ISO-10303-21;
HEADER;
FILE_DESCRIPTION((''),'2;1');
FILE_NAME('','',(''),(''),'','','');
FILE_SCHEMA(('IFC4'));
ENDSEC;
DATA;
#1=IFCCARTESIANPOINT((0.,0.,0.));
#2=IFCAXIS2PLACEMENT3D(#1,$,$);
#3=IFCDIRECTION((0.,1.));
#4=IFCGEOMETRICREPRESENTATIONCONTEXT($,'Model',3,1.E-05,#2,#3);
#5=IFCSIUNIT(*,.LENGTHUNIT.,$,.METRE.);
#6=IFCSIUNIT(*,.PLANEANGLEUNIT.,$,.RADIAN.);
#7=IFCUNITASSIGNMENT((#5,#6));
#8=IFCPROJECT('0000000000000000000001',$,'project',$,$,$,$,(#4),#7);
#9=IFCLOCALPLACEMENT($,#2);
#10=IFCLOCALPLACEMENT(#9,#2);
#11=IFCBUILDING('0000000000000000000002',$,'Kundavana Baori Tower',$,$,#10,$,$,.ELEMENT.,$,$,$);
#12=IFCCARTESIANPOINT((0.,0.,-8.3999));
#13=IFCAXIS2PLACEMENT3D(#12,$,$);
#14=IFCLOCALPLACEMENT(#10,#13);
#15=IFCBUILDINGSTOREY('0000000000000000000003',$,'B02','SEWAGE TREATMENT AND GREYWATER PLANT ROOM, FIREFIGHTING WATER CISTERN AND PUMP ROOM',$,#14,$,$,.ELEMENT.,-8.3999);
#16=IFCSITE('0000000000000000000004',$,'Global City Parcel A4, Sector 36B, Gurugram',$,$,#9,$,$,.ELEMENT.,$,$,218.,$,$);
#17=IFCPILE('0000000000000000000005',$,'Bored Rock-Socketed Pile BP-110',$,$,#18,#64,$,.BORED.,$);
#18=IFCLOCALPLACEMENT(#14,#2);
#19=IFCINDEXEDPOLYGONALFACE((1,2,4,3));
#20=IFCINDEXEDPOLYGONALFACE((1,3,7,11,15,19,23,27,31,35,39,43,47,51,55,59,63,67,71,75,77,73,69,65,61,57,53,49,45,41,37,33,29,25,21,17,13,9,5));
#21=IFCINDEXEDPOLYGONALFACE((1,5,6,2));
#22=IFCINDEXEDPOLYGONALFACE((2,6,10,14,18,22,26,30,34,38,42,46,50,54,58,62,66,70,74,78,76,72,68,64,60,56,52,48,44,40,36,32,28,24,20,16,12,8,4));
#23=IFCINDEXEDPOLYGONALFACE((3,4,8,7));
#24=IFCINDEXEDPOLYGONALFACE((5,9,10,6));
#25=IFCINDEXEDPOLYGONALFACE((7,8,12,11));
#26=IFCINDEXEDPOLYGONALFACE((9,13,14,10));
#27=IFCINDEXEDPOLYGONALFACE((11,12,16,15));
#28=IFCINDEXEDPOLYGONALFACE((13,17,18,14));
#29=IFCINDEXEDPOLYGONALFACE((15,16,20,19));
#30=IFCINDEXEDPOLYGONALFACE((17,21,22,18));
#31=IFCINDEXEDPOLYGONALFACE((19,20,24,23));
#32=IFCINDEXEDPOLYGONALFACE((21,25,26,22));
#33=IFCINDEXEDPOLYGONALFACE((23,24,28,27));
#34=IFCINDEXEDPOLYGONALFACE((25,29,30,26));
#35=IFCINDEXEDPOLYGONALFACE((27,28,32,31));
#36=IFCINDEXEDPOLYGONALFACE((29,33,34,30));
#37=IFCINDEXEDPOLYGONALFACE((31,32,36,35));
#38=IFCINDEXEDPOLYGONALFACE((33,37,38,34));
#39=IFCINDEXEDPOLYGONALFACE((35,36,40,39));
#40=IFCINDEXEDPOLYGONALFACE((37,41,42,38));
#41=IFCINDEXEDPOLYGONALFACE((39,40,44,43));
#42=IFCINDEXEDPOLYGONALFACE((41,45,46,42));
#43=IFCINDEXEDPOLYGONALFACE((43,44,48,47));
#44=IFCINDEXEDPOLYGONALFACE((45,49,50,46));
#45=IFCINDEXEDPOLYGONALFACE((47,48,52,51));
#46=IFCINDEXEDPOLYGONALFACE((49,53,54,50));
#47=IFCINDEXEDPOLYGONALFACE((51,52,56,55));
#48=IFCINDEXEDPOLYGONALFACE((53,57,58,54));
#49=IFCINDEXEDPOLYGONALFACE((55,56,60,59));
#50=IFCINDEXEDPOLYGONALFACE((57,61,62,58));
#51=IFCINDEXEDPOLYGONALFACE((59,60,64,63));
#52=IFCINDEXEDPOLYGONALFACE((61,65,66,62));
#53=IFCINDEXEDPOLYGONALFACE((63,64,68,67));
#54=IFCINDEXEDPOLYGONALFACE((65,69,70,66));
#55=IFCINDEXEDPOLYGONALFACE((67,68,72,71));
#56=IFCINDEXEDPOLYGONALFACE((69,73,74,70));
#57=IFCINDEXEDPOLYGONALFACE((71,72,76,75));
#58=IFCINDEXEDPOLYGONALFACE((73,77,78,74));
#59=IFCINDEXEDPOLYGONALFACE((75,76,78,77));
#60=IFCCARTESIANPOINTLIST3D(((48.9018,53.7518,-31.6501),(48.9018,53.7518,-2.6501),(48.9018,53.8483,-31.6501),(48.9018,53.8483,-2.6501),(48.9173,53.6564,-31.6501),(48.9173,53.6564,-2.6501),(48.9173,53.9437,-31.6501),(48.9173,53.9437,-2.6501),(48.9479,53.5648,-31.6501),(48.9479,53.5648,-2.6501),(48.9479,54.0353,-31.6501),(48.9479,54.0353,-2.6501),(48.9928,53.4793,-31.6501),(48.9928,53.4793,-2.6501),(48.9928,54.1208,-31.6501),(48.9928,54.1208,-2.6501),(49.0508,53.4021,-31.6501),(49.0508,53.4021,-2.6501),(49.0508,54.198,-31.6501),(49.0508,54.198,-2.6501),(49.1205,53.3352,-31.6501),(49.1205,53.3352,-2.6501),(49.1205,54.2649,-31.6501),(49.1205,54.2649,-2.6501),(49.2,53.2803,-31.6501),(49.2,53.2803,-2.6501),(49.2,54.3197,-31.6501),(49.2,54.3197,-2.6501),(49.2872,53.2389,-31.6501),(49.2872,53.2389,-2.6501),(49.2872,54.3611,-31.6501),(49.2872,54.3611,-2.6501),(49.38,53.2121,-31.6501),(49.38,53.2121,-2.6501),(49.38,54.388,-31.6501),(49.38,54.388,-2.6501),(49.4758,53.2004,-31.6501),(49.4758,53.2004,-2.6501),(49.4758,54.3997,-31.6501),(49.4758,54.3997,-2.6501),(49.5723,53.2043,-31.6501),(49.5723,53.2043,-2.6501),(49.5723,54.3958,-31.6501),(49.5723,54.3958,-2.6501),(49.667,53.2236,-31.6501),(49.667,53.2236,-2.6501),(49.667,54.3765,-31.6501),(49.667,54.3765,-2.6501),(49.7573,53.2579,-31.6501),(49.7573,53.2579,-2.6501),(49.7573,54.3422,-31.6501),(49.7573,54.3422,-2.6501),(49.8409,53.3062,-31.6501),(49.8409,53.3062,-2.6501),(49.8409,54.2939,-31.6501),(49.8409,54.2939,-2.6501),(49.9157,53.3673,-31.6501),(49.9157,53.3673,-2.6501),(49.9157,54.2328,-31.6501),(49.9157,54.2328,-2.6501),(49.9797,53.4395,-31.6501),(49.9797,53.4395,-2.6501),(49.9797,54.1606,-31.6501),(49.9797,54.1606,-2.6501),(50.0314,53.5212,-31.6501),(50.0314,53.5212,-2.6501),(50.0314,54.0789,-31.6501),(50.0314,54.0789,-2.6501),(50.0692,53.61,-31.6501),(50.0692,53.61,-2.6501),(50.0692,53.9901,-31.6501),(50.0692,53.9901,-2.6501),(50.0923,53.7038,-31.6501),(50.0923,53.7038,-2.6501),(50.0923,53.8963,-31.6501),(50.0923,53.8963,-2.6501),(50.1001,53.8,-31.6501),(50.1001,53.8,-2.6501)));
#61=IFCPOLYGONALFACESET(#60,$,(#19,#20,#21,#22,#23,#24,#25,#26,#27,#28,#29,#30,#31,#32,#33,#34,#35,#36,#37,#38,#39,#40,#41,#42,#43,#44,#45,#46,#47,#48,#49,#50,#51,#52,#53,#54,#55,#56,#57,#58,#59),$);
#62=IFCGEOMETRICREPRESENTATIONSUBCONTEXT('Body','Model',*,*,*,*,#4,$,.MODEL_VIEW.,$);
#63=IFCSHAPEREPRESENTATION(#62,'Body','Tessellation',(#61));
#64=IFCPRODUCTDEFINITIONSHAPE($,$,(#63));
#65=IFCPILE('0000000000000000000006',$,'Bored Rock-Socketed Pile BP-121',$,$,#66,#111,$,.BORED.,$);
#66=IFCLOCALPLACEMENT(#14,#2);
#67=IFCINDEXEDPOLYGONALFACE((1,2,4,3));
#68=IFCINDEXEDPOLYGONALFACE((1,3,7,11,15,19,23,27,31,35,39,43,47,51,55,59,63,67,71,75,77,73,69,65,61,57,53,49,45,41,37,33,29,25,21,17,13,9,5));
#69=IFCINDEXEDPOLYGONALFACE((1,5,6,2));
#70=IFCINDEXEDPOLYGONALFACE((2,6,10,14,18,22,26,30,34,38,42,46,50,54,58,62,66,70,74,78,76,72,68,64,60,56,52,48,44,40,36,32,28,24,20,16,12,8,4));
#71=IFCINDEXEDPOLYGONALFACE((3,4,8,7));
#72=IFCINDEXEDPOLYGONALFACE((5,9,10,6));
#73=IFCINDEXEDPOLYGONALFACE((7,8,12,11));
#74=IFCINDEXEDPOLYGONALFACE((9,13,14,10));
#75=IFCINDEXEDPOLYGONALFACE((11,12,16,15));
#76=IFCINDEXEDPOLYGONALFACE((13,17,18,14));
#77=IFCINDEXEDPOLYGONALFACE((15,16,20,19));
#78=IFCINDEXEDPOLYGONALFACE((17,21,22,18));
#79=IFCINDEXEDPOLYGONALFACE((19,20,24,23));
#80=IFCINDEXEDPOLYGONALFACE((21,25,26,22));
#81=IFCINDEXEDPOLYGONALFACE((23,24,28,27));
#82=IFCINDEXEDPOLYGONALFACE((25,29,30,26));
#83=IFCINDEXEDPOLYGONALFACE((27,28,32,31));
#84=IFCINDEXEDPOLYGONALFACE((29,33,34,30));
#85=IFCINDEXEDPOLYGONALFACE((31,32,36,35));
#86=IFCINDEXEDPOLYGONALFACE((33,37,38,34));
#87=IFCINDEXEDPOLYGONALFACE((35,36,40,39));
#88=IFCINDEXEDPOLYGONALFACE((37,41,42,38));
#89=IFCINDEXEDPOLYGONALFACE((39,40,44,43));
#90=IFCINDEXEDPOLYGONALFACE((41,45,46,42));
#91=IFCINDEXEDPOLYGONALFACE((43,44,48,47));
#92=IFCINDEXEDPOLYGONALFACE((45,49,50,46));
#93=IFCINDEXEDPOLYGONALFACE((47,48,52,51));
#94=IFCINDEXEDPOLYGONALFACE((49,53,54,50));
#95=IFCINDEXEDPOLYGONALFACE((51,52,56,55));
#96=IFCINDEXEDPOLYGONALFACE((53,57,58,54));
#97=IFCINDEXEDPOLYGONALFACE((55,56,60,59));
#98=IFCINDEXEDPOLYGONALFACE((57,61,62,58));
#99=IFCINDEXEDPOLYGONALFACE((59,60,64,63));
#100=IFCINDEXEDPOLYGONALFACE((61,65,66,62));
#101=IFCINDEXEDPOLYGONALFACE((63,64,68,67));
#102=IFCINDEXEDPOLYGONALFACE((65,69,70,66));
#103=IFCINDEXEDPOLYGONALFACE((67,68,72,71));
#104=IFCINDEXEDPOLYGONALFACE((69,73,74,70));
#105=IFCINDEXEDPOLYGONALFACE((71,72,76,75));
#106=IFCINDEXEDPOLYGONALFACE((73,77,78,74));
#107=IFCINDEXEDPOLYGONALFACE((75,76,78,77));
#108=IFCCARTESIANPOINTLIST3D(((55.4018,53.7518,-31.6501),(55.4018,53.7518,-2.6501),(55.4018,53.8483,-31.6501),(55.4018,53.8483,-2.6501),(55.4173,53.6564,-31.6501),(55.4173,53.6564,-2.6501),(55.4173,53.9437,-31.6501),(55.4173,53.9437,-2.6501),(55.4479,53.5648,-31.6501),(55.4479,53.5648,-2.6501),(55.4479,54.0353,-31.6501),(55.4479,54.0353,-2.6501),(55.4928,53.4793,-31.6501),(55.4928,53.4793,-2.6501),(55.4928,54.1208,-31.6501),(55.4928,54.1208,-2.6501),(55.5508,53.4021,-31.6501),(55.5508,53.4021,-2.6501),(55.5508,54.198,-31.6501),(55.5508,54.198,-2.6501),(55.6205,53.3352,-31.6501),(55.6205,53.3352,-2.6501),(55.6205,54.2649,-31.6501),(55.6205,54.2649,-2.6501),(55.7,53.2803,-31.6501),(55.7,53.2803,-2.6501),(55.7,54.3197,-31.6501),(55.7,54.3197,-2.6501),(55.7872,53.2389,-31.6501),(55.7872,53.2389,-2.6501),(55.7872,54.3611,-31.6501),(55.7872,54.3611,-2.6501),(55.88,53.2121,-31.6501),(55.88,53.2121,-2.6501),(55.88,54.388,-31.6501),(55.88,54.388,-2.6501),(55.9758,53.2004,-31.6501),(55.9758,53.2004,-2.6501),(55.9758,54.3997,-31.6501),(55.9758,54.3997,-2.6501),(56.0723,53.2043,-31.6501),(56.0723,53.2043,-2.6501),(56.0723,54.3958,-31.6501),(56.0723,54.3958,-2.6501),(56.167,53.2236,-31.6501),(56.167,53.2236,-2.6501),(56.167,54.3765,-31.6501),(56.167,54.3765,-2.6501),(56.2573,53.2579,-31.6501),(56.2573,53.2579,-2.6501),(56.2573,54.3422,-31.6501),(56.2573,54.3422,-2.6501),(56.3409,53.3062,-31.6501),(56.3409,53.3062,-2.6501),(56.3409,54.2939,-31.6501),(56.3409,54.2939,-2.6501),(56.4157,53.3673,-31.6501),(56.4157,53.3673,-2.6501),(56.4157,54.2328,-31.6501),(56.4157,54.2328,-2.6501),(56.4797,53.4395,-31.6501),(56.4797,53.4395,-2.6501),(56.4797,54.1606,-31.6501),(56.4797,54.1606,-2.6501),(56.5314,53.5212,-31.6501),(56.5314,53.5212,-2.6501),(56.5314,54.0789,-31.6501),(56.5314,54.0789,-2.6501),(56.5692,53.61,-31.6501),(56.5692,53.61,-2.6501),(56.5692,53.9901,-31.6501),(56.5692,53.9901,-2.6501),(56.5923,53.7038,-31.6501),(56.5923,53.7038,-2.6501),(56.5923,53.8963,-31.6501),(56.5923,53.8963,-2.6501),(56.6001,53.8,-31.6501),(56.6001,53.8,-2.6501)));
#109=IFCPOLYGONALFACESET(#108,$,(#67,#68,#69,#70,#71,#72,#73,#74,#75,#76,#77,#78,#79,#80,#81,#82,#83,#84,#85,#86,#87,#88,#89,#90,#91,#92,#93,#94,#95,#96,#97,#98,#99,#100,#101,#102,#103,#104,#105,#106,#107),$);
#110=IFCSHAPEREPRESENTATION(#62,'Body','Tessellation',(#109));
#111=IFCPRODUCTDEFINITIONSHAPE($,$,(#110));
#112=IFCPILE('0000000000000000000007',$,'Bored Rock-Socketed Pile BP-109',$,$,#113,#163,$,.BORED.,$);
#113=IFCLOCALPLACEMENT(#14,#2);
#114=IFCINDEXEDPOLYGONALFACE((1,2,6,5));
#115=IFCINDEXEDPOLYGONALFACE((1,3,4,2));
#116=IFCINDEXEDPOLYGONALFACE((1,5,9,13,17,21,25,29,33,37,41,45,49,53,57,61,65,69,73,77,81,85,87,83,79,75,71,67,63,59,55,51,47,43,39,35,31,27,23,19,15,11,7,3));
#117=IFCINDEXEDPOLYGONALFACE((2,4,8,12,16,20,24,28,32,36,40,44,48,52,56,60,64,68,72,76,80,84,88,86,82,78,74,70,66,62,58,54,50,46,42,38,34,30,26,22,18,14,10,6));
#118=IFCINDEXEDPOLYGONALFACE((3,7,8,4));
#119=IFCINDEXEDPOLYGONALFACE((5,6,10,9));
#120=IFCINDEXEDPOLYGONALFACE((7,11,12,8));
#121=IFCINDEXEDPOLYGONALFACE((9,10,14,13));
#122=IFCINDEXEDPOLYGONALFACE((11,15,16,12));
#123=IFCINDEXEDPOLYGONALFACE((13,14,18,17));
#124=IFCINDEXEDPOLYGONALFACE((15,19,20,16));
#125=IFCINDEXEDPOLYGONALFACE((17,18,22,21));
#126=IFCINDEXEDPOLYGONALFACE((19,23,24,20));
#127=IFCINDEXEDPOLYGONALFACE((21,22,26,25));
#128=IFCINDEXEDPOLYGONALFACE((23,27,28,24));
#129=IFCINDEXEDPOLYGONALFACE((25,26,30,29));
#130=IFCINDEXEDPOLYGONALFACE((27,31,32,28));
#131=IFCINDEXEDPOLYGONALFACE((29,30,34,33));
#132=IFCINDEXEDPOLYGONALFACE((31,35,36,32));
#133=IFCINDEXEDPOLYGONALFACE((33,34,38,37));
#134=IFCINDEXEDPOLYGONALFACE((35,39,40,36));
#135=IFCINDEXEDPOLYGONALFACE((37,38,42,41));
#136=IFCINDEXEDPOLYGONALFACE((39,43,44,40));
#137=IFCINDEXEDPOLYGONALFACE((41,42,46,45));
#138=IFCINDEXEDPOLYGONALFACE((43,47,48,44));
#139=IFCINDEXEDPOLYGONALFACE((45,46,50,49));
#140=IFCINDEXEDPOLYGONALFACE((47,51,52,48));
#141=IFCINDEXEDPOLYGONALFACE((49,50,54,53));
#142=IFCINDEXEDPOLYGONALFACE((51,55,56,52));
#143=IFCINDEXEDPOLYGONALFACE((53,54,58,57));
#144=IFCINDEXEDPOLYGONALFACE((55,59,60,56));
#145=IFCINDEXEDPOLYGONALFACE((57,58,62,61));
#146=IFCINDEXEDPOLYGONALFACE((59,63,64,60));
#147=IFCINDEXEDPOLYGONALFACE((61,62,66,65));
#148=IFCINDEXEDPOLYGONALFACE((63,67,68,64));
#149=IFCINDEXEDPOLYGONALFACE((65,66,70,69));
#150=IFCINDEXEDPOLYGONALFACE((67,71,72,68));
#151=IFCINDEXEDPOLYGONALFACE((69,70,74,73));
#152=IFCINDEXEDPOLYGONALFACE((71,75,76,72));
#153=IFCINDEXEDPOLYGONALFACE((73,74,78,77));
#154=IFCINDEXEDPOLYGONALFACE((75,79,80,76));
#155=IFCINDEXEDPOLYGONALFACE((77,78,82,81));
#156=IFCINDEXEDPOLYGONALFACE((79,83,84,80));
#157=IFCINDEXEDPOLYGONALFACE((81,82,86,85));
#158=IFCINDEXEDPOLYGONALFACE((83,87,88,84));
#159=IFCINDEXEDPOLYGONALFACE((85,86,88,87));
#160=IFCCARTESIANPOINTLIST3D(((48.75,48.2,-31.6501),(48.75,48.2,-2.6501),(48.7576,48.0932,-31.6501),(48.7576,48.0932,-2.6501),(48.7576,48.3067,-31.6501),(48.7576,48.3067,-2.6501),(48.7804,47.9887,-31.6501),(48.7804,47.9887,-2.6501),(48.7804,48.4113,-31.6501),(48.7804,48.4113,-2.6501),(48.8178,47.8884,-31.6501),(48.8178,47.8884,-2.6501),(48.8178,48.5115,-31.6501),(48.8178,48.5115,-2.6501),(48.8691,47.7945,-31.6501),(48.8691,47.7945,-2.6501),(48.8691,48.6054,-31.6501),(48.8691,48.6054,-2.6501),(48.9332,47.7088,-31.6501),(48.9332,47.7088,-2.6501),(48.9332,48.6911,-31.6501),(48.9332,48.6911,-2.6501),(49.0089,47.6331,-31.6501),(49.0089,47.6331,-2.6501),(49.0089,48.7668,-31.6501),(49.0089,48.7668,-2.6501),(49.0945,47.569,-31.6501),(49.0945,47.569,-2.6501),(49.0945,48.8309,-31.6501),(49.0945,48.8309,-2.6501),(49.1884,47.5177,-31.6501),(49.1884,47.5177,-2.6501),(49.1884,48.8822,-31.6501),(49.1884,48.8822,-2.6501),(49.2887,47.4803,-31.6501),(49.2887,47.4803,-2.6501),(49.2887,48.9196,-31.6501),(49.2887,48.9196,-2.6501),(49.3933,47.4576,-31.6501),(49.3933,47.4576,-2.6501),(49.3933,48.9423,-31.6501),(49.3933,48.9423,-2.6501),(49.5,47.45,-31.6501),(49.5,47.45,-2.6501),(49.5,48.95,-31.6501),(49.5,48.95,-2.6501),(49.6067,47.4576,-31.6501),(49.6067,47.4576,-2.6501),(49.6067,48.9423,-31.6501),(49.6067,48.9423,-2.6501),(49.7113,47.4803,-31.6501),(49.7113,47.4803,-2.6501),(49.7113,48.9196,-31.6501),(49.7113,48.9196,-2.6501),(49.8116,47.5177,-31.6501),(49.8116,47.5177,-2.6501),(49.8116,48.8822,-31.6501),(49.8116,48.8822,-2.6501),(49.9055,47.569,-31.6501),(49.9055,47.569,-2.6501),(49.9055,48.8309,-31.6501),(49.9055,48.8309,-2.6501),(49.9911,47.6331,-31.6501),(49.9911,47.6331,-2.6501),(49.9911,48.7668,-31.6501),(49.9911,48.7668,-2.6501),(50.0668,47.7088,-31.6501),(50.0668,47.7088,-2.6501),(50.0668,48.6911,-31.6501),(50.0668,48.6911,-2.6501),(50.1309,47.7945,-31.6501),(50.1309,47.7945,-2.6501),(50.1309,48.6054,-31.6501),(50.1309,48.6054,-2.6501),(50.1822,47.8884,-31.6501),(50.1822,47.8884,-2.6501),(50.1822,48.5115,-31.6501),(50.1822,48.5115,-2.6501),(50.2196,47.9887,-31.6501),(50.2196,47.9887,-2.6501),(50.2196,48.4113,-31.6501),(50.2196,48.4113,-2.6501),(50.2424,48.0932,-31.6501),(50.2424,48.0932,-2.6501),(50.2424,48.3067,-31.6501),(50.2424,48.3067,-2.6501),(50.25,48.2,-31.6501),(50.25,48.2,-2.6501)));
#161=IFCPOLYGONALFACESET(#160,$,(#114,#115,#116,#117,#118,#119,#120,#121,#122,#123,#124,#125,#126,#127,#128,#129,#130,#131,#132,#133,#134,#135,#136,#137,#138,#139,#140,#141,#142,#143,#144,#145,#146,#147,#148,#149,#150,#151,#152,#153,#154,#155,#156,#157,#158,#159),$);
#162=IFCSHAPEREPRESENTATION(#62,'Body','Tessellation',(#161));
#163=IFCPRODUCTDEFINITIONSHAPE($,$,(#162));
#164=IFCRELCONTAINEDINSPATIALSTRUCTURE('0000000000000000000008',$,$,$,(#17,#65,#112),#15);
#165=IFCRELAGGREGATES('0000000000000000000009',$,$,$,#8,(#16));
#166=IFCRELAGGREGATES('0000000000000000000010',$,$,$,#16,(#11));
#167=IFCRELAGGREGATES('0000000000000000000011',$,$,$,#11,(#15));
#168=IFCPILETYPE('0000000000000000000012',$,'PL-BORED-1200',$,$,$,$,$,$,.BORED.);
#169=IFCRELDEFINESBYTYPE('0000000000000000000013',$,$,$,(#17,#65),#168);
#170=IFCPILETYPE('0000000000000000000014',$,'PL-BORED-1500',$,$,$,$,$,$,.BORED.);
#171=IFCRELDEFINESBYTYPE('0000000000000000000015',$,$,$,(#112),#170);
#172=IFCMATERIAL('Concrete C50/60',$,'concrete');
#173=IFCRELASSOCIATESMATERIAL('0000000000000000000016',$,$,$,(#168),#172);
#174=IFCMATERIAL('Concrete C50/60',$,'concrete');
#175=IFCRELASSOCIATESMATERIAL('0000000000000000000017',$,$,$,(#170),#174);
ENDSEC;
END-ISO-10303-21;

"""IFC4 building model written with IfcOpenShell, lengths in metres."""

from ifc_helpers import new_model, si_unit, direction, frame, origin, origin_2d, place, context, subcontext, project, spatial, circle, extrude, material, material_profile, profile_set, type_object, element, save


model = new_model("IFC4")

# Units and contexts
model_context = context("Model", 3, precision=1e-05, world=origin(), true_north=direction((0.0, 1.0)))
body_context = subcontext(model_context, "Body", "Model", "MODEL_VIEW")
ifc_project = project(units=[si_unit("LENGTHUNIT", "METRE"), si_unit("PLANEANGLEUNIT", "RADIAN")], contexts=[model_context])

# Site, building, storey
site_placement = place(None, origin())
site = spatial("IfcSite", under=ifc_project, at=site_placement, Name="Global City Parcel A4, Sector 36B, Gurugram", CompositionType="ELEMENT", RefElevation=218.0)
building_placement = place(site_placement, origin())
building = spatial("IfcBuilding", under=site, at=building_placement, Name="Kundavana Baori Tower", CompositionType="ELEMENT")
storey_placement = place(building_placement, frame((0.0, 0.0, -8.3999)))
storey = spatial("IfcBuildingStorey", under=building, at=storey_placement, Name="B02", Description="SEWAGE TREATMENT AND GREYWATER PLANT ROOM, FIREFIGHTING WATER CISTERN AND PUMP ROOM", CompositionType="ELEMENT", Elevation=-8.3999)

# Piles
ifc_material_1 = material(Name="Concrete C50/60", Category="concrete")
ifc_material_profile_1 = material_profile(ifc_material_1, circle(Radius=0.6001, at=origin_2d()), Name="BORED PILE D1200")
ifc_profile_set_1 = profile_set([ifc_material_profile_1], Name="Concrete C50/60")
pile_type_1 = type_object("IfcPileType", Name="PL-BORED-1200", PredefinedType="BORED", material=ifc_profile_set_1)
for number, where, z_axis, x_axis, name in (
    (1, (49.5, 53.8, -2.6501), (0.0, 0.0, -1.0), (1.0, 0.0, 0.0), "Bored Rock-Socketed Pile BP-110"),
    (2, (56.0, 53.8, -2.6501), (0.0, 0.0, -1.0), (1.0, 0.0, 0.0), "Bored Rock-Socketed Pile BP-121"),
):
    element("IfcPile", number, at=place(storey_placement, frame(where, z_axis=z_axis, x_axis=x_axis)), inside=storey, type_object=pile_type_1, Name=name, PredefinedType="BORED", context=body_context, shape_type="SweptSolid", body=[
        extrude(circle(Radius=0.6001, at=origin_2d()), origin(), (0.0, 0.0, 1.0), 29.0),
    ])
ifc_material_2 = material(Name="Concrete C50/60", Category="concrete")
ifc_material_profile_2 = material_profile(ifc_material_2, circle(Radius=0.75, at=origin_2d()), Name="BORED PILE D1500")
ifc_profile_set_2 = profile_set([ifc_material_profile_2], Name="Concrete C50/60")
pile_type_2 = type_object("IfcPileType", Name="PL-BORED-1500", PredefinedType="BORED", material=ifc_profile_set_2)
for number, where, z_axis, x_axis, name in (
    (3, (49.5, 48.2, -2.6501), (0.0, 0.0, -1.0), (1.0, 0.0, 0.0), "Bored Rock-Socketed Pile BP-109"),
):
    element("IfcPile", number, at=place(storey_placement, frame(where, z_axis=z_axis, x_axis=x_axis)), inside=storey, type_object=pile_type_2, Name=name, PredefinedType="BORED", context=body_context, shape_type="SweptSolid", body=[
        extrude(circle(Radius=0.75, at=origin_2d()), origin(), (0.0, 0.0, 1.0), 29.0),
    ])

save(model, "model.ifc")
